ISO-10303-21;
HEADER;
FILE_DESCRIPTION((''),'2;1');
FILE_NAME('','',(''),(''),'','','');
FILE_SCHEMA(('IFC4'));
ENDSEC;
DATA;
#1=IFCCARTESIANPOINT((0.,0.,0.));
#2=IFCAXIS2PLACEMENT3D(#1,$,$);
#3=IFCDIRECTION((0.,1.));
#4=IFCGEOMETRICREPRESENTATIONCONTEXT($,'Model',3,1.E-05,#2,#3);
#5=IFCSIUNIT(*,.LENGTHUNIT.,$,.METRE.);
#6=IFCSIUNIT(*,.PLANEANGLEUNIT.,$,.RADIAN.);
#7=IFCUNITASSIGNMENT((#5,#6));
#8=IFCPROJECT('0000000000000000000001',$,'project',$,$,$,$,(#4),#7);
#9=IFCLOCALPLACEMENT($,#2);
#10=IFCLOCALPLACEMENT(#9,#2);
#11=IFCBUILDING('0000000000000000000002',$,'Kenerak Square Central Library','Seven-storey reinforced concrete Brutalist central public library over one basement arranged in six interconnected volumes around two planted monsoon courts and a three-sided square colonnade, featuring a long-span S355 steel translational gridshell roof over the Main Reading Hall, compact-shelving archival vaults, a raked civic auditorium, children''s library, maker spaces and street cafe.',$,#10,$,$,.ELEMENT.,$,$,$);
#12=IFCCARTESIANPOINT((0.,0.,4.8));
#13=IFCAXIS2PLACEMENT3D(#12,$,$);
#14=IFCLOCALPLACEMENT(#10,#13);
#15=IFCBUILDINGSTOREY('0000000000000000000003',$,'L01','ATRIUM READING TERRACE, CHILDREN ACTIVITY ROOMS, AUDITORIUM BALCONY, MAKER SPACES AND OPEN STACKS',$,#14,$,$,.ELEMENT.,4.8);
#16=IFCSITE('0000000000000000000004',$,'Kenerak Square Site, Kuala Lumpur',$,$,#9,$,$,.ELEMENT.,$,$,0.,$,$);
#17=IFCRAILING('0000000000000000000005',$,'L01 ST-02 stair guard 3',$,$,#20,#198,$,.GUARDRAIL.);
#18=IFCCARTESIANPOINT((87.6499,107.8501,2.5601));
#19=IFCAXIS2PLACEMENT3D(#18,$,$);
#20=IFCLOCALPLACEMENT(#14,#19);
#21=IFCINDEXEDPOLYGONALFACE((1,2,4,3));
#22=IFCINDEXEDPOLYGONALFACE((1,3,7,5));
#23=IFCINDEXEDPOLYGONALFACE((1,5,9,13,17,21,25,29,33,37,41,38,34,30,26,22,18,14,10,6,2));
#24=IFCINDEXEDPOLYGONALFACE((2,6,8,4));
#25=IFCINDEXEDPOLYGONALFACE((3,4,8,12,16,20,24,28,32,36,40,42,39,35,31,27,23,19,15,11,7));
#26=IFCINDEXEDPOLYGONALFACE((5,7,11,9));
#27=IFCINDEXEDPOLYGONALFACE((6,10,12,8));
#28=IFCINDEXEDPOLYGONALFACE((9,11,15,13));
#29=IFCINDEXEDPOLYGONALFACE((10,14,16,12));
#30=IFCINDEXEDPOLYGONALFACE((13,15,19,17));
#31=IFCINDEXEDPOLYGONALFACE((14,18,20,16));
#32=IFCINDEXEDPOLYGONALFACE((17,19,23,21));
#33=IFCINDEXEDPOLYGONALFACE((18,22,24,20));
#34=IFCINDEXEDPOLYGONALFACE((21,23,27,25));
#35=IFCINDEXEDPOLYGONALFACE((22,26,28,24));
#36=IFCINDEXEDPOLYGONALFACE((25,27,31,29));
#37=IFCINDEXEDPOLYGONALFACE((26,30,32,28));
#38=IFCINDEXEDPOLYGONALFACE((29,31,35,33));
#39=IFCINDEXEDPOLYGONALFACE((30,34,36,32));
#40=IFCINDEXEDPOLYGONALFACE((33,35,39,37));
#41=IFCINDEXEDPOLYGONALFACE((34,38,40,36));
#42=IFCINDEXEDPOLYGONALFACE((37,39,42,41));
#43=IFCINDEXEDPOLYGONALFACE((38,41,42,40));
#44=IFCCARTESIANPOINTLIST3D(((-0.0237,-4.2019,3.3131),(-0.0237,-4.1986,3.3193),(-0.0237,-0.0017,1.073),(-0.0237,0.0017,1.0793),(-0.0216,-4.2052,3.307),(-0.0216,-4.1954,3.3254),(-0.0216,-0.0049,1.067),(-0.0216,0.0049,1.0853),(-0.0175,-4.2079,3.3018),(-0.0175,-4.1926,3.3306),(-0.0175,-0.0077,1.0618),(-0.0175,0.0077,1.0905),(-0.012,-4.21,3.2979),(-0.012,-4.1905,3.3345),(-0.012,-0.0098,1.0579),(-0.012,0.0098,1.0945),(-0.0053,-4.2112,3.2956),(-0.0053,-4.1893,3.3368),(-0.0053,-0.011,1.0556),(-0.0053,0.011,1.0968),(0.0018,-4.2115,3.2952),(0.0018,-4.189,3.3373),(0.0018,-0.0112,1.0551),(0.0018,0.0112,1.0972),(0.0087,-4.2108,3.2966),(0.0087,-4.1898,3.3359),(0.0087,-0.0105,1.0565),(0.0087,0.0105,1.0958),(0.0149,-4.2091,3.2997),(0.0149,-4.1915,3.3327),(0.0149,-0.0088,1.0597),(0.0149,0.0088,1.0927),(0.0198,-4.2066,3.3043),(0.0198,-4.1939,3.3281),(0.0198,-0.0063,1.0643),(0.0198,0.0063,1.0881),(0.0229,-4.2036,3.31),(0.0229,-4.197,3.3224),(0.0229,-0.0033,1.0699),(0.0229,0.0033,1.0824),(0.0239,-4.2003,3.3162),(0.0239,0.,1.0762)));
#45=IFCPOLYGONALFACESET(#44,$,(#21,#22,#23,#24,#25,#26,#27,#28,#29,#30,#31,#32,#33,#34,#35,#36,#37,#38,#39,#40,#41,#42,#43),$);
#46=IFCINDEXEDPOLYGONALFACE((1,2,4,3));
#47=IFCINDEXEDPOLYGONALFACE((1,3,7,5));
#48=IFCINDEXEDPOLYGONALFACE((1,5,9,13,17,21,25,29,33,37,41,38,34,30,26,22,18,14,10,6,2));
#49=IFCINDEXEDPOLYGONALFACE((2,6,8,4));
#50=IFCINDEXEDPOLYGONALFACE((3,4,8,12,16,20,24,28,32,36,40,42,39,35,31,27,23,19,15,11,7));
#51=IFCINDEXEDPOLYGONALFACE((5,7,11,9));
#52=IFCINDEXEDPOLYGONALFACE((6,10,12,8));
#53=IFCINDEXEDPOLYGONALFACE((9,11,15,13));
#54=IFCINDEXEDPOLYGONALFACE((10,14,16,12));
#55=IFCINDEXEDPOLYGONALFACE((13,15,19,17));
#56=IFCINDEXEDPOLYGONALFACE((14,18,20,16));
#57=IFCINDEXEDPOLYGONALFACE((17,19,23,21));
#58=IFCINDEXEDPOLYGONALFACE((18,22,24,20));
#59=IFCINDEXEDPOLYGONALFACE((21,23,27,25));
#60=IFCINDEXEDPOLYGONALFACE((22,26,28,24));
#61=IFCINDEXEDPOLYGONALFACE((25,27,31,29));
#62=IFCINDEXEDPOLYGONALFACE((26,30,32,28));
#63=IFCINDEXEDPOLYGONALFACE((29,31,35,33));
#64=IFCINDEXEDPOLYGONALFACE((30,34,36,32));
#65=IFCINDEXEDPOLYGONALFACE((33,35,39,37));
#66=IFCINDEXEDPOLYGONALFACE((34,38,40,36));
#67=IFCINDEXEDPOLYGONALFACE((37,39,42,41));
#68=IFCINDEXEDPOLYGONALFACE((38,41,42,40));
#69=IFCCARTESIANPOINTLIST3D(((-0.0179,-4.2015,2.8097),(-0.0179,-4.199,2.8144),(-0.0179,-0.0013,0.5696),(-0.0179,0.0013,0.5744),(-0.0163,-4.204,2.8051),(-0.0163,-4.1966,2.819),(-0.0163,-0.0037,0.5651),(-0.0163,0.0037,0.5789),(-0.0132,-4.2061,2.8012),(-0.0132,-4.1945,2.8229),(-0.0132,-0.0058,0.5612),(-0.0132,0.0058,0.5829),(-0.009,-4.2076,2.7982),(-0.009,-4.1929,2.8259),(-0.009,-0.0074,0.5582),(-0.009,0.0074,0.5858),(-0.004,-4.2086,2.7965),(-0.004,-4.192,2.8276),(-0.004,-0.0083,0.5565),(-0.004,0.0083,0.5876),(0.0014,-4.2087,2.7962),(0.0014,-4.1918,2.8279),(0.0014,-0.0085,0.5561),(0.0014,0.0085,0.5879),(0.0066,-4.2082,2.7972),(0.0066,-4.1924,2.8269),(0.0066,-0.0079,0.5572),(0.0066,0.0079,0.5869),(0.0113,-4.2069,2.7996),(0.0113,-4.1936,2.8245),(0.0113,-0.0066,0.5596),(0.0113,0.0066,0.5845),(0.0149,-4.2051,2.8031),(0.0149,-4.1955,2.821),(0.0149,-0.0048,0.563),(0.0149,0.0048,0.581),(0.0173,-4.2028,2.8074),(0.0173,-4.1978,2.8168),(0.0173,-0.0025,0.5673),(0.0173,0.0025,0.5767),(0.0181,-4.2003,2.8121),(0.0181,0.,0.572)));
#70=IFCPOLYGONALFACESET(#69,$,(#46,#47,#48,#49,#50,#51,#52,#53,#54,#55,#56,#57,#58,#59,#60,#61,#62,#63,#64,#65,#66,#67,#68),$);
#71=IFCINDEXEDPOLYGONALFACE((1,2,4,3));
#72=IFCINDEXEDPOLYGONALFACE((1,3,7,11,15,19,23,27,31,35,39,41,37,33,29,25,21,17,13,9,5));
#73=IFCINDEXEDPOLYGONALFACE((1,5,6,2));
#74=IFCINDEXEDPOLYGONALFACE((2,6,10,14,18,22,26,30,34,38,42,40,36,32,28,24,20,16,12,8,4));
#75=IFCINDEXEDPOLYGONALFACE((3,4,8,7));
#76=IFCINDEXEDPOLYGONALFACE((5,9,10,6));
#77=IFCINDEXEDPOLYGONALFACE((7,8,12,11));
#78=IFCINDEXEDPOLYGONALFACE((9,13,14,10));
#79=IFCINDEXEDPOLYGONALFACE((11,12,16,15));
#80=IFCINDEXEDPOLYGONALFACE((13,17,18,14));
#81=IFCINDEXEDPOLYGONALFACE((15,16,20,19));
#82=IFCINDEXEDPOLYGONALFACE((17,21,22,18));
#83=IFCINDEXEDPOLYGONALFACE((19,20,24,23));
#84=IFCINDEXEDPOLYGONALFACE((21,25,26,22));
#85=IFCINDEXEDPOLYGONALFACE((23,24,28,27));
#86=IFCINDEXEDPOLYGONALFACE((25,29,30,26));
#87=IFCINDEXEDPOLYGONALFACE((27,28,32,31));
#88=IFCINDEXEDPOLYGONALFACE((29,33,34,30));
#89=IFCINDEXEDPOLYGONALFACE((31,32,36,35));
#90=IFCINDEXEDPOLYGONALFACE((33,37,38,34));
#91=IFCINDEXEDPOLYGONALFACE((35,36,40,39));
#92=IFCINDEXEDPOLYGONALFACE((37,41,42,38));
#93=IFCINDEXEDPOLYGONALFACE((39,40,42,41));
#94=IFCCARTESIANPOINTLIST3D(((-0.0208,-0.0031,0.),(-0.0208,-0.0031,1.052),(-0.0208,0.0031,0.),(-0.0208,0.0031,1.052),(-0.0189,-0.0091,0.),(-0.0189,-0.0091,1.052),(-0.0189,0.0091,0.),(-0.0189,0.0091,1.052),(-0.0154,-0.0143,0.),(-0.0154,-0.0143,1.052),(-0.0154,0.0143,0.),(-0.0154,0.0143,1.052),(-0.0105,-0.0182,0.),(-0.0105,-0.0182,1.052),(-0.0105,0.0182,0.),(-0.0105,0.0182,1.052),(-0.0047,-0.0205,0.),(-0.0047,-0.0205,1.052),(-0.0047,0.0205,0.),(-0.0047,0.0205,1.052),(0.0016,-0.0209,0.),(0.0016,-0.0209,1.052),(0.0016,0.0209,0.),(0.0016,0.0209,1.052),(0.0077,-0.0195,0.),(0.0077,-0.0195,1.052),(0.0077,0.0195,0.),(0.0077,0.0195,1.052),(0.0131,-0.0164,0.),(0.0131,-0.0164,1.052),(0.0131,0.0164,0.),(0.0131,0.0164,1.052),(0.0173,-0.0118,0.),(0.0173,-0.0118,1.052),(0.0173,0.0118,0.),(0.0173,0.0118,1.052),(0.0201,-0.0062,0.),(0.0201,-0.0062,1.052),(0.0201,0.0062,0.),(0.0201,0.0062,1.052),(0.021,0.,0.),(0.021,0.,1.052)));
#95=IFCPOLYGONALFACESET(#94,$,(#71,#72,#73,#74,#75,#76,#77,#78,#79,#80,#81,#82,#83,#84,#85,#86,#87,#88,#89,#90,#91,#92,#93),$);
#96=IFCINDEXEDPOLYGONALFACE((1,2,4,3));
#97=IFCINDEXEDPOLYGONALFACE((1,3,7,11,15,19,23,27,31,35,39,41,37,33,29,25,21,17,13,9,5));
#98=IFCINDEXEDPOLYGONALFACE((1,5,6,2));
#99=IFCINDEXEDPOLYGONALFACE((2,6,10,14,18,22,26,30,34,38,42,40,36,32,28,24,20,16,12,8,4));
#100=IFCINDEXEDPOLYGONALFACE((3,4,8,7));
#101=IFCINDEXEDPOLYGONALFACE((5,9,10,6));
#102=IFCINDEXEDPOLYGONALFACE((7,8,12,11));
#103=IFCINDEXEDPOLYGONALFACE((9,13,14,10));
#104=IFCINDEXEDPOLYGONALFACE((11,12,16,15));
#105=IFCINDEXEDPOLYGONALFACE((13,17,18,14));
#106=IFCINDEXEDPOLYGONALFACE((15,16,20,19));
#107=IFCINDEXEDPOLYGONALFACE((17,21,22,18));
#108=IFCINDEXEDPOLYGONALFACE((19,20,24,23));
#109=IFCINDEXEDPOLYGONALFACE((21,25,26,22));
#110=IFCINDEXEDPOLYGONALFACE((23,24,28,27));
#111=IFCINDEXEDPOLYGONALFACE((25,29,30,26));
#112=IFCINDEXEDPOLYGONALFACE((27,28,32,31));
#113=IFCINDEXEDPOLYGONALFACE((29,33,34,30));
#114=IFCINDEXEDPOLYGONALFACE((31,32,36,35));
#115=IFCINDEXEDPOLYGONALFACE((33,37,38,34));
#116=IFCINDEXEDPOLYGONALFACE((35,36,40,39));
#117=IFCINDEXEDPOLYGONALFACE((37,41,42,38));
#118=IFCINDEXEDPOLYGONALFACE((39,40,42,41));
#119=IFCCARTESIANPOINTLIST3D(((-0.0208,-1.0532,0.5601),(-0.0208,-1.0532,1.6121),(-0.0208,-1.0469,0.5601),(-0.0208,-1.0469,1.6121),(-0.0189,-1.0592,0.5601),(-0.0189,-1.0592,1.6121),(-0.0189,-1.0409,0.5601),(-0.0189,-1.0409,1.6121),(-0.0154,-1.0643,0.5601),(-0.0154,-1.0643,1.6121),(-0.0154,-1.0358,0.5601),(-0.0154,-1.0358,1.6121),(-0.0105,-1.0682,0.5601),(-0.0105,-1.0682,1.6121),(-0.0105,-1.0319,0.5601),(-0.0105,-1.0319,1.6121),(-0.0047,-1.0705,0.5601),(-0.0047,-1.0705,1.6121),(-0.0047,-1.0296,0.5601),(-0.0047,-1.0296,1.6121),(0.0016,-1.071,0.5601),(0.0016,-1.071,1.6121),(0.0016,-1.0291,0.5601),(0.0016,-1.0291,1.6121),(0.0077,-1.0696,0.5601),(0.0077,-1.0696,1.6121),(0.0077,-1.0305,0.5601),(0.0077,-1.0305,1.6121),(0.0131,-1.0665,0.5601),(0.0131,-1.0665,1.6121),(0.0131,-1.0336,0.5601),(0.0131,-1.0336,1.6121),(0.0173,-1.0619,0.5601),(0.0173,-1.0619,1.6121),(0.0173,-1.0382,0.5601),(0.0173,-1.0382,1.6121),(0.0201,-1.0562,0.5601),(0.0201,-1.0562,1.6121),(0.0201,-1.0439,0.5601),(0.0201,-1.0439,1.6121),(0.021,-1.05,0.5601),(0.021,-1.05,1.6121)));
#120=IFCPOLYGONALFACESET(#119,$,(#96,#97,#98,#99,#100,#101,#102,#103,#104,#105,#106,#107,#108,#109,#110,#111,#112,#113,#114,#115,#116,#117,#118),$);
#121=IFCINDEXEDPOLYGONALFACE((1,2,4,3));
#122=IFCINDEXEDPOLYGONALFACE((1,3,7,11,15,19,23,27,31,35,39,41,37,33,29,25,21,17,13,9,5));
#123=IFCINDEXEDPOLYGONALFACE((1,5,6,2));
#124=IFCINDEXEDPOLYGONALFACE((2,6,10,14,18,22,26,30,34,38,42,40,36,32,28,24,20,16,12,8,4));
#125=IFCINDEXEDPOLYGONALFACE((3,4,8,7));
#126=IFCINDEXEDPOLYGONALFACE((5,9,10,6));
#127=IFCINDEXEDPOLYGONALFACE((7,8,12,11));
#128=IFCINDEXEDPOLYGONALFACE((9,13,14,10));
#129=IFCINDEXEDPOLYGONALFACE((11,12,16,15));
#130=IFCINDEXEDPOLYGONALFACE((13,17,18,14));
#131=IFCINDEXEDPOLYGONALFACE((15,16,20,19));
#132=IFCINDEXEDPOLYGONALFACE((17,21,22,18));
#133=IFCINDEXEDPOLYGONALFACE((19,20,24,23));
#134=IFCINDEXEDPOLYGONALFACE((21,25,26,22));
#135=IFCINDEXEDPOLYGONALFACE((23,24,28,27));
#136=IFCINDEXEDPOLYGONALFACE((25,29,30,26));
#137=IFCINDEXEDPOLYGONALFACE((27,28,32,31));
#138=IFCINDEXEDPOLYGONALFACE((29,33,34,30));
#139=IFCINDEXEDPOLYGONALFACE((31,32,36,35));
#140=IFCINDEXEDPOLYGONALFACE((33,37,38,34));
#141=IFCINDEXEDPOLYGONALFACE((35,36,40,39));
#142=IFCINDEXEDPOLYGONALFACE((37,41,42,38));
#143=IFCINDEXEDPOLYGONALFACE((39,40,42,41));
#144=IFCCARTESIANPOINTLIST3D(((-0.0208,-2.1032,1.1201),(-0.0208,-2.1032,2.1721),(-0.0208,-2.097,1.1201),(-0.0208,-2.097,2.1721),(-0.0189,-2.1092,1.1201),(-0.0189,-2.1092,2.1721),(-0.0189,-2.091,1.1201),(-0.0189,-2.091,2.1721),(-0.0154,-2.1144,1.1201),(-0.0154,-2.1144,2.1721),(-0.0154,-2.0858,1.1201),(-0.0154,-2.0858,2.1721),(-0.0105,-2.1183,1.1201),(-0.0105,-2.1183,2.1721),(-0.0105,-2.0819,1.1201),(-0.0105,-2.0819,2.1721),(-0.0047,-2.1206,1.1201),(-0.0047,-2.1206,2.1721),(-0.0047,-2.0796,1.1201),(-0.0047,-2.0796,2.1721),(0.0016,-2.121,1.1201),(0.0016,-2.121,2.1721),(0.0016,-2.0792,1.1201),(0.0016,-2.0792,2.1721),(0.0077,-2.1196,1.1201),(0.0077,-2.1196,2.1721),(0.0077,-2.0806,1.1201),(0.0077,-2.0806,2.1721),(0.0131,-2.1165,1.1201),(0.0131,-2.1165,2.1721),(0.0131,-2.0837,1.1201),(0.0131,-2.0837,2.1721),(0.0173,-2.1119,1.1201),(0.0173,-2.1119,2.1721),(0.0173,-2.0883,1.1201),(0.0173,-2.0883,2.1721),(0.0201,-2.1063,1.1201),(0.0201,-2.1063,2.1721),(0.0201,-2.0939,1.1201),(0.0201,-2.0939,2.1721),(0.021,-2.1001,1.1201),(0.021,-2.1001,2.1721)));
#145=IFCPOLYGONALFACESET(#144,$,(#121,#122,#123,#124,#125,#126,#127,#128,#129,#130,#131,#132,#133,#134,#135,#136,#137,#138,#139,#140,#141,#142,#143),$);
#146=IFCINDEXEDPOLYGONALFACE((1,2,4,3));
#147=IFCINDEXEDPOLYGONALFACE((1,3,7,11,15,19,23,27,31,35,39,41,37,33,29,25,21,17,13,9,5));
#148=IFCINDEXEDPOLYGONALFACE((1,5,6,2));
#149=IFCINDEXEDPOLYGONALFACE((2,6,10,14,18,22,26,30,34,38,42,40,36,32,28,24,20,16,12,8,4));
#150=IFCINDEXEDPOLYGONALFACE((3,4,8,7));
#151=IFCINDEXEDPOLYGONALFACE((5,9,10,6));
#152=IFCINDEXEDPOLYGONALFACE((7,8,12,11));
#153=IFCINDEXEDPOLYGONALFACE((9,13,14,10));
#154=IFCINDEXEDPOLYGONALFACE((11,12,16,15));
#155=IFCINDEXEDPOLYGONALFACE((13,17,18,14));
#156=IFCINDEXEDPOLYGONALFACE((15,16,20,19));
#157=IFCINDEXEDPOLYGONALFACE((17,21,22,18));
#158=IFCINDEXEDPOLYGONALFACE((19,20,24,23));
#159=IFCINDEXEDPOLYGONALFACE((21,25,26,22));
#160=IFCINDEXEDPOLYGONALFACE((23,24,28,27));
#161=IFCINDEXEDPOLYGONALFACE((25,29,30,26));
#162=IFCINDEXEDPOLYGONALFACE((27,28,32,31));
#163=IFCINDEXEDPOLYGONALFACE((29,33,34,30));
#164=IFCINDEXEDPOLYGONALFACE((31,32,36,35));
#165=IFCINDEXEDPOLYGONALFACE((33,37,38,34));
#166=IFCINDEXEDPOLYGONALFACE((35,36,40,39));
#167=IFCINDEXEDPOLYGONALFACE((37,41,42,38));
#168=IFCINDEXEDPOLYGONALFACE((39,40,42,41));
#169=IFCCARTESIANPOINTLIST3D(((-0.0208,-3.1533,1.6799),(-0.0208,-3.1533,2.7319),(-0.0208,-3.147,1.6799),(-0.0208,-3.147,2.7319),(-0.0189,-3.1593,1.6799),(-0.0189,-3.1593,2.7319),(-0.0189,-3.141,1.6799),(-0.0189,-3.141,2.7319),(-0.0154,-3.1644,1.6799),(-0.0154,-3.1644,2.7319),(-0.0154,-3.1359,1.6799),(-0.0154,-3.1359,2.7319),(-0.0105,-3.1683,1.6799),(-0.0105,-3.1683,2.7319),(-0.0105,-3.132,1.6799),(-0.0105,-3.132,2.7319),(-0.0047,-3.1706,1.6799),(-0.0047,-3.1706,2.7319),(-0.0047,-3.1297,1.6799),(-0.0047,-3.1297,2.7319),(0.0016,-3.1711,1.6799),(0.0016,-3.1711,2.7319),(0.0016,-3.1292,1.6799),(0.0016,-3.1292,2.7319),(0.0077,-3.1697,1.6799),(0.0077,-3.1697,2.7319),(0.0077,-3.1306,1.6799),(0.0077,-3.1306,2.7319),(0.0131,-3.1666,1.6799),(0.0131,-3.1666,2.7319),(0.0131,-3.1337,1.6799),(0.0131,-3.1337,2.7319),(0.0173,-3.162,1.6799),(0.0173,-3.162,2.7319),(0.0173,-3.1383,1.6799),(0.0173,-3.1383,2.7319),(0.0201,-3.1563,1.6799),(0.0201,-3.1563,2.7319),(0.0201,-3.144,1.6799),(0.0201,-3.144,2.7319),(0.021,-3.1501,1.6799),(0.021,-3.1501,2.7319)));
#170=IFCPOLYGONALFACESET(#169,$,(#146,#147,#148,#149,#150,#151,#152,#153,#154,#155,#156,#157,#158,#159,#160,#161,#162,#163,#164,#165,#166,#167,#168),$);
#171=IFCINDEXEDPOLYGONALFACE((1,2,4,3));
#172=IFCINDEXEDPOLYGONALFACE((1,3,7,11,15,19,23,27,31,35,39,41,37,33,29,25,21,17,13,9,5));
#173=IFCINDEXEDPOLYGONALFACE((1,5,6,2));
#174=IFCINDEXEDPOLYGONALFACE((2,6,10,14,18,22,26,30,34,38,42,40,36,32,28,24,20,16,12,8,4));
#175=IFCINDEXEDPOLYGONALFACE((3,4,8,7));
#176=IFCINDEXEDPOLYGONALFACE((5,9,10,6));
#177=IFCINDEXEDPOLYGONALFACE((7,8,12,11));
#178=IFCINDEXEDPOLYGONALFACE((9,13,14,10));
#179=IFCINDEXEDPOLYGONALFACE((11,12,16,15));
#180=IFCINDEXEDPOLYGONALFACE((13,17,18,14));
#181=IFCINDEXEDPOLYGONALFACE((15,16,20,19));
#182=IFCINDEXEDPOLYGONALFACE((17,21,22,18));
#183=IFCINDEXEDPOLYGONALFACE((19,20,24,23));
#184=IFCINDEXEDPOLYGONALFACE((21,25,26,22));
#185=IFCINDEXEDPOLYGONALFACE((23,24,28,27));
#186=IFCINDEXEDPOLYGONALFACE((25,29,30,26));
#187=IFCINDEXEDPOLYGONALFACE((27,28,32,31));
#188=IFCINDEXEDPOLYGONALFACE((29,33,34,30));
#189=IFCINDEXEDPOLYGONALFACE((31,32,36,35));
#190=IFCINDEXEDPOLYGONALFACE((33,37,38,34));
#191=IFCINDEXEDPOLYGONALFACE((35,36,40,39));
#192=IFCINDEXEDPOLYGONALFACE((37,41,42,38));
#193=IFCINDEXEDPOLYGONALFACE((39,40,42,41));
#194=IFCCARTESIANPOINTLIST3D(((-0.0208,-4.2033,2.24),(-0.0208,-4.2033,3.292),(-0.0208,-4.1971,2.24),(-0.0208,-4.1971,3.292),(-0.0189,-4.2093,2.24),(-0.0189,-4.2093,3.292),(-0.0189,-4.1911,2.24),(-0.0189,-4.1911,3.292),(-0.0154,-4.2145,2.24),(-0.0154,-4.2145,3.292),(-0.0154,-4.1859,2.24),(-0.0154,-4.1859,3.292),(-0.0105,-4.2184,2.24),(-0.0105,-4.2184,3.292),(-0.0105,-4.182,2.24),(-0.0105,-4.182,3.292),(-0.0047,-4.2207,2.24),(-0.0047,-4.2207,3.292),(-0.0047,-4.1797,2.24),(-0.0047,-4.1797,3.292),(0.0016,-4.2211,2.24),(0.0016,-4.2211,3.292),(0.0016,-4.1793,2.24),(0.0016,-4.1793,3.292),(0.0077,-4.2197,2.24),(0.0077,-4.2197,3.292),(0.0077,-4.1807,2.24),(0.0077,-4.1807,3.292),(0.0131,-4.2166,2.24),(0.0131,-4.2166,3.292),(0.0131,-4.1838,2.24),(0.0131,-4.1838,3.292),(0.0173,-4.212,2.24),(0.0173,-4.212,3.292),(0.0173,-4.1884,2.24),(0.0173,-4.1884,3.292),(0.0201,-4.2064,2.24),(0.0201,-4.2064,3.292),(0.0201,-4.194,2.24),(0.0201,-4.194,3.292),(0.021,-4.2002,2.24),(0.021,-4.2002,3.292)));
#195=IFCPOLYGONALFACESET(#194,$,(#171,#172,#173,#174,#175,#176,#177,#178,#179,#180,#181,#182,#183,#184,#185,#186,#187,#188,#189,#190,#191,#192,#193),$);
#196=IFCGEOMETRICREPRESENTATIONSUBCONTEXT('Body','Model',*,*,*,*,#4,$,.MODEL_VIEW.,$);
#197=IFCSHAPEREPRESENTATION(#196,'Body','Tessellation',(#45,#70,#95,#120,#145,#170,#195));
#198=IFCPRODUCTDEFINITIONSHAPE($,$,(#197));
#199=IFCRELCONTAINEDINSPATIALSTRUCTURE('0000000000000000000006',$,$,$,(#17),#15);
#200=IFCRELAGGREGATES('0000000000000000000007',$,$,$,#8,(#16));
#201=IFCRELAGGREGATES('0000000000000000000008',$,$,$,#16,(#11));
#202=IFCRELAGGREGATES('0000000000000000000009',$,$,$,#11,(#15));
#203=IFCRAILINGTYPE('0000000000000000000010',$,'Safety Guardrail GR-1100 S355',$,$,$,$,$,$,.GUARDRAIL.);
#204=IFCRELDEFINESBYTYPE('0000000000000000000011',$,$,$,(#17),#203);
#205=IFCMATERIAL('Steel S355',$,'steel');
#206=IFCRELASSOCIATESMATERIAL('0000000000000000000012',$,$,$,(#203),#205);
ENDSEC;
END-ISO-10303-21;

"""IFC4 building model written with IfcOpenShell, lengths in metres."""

from ifc_helpers import new_model, si_unit, direction, frame, origin, origin_2d, place, context, subcontext, project, spatial, circle, extrude, material, type_object, element, save


model = new_model("IFC4")

# Units and contexts
model_context = context("Model", 3, precision=1e-05, world=origin(), true_north=direction((0.0, 1.0)))
body_context = subcontext(model_context, "Body", "Model", "MODEL_VIEW")
ifc_project = project(units=[si_unit("LENGTHUNIT", "METRE"), si_unit("PLANEANGLEUNIT", "RADIAN")], contexts=[model_context])

# Site, building, storey
site_placement = place(None, origin())
site = spatial("IfcSite", under=ifc_project, at=site_placement, Name="Kenerak Square Site, Kuala Lumpur", CompositionType="ELEMENT", RefElevation=0.0)
building_placement = place(site_placement, origin())
building = spatial("IfcBuilding", under=site, at=building_placement, Name="Kenerak Square Central Library", Description="Seven-storey reinforced concrete Brutalist central public library over one basement arranged in six interconnected volumes around two planted monsoon courts and a three-sided square colonnade, featuring a long-span S355 steel translational gridshell roof over the Main Reading Hall, compact-shelving archival vaults, a raked civic auditorium, children's library, maker spaces and street cafe.", CompositionType="ELEMENT")
storey_placement = place(building_placement, frame((0.0, 0.0, 4.8)))
storey = spatial("IfcBuildingStorey", under=building, at=storey_placement, Name="L01", Description="ATRIUM READING TERRACE, CHILDREN ACTIVITY ROOMS, AUDITORIUM BALCONY, MAKER SPACES AND OPEN STACKS", CompositionType="ELEMENT", Elevation=4.8)

# Shared definitions
ifc_material_1 = material(Name="Steel S355", Category="steel")

# Railing
railing_type_1 = type_object("IfcRailingType", Name="Safety Guardrail GR-1100 S355", PredefinedType="GUARDRAIL", material=ifc_material_1)
railing_1_placement = place(storey_placement, frame((87.6499, 107.8501, 2.5601)))
element("IfcRailing", 1, at=railing_1_placement, inside=storey, type_object=railing_type_1, Name="L01 ST-02 stair guard 3", PredefinedType="GUARDRAIL", context=body_context, shape_type="SweptSolid", body=[
    extrude(circle(Radius=0.0239, at=origin_2d()), frame((0.0, 0.0, 1.0762), z_axis=(0.0, -0.882363, 0.47057), x_axis=(1.0, 0.0, 0.0)), (0.0, 0.0, 1.0), 4.7603),
    extrude(circle(Radius=0.0181, at=origin_2d()), frame((0.0, 0.0, 0.572), z_axis=(0.0, -0.882363, 0.47057), x_axis=(1.0, 0.0, 0.0)), (0.0, 0.0, 1.0), 4.7603),
    extrude(circle(Radius=0.021, at=origin_2d()), origin(), (0.0, 0.0, 1.0), 1.052),
    extrude(circle(Radius=0.021, at=origin_2d()), frame((0.0, -1.05, 0.5601)), (0.0, 0.0, 1.0), 1.052),
    extrude(circle(Radius=0.021, at=origin_2d()), frame((0.0, -2.1001, 1.1201)), (0.0, 0.0, 1.0), 1.052),
    extrude(circle(Radius=0.021, at=origin_2d()), frame((0.0, -3.1501, 1.6799)), (0.0, 0.0, 1.0), 1.052),
    extrude(circle(Radius=0.021, at=origin_2d()), frame((0.0, -4.2002, 2.24)), (0.0, 0.0, 1.0), 1.052),
])

save(model, "model.ifc")
